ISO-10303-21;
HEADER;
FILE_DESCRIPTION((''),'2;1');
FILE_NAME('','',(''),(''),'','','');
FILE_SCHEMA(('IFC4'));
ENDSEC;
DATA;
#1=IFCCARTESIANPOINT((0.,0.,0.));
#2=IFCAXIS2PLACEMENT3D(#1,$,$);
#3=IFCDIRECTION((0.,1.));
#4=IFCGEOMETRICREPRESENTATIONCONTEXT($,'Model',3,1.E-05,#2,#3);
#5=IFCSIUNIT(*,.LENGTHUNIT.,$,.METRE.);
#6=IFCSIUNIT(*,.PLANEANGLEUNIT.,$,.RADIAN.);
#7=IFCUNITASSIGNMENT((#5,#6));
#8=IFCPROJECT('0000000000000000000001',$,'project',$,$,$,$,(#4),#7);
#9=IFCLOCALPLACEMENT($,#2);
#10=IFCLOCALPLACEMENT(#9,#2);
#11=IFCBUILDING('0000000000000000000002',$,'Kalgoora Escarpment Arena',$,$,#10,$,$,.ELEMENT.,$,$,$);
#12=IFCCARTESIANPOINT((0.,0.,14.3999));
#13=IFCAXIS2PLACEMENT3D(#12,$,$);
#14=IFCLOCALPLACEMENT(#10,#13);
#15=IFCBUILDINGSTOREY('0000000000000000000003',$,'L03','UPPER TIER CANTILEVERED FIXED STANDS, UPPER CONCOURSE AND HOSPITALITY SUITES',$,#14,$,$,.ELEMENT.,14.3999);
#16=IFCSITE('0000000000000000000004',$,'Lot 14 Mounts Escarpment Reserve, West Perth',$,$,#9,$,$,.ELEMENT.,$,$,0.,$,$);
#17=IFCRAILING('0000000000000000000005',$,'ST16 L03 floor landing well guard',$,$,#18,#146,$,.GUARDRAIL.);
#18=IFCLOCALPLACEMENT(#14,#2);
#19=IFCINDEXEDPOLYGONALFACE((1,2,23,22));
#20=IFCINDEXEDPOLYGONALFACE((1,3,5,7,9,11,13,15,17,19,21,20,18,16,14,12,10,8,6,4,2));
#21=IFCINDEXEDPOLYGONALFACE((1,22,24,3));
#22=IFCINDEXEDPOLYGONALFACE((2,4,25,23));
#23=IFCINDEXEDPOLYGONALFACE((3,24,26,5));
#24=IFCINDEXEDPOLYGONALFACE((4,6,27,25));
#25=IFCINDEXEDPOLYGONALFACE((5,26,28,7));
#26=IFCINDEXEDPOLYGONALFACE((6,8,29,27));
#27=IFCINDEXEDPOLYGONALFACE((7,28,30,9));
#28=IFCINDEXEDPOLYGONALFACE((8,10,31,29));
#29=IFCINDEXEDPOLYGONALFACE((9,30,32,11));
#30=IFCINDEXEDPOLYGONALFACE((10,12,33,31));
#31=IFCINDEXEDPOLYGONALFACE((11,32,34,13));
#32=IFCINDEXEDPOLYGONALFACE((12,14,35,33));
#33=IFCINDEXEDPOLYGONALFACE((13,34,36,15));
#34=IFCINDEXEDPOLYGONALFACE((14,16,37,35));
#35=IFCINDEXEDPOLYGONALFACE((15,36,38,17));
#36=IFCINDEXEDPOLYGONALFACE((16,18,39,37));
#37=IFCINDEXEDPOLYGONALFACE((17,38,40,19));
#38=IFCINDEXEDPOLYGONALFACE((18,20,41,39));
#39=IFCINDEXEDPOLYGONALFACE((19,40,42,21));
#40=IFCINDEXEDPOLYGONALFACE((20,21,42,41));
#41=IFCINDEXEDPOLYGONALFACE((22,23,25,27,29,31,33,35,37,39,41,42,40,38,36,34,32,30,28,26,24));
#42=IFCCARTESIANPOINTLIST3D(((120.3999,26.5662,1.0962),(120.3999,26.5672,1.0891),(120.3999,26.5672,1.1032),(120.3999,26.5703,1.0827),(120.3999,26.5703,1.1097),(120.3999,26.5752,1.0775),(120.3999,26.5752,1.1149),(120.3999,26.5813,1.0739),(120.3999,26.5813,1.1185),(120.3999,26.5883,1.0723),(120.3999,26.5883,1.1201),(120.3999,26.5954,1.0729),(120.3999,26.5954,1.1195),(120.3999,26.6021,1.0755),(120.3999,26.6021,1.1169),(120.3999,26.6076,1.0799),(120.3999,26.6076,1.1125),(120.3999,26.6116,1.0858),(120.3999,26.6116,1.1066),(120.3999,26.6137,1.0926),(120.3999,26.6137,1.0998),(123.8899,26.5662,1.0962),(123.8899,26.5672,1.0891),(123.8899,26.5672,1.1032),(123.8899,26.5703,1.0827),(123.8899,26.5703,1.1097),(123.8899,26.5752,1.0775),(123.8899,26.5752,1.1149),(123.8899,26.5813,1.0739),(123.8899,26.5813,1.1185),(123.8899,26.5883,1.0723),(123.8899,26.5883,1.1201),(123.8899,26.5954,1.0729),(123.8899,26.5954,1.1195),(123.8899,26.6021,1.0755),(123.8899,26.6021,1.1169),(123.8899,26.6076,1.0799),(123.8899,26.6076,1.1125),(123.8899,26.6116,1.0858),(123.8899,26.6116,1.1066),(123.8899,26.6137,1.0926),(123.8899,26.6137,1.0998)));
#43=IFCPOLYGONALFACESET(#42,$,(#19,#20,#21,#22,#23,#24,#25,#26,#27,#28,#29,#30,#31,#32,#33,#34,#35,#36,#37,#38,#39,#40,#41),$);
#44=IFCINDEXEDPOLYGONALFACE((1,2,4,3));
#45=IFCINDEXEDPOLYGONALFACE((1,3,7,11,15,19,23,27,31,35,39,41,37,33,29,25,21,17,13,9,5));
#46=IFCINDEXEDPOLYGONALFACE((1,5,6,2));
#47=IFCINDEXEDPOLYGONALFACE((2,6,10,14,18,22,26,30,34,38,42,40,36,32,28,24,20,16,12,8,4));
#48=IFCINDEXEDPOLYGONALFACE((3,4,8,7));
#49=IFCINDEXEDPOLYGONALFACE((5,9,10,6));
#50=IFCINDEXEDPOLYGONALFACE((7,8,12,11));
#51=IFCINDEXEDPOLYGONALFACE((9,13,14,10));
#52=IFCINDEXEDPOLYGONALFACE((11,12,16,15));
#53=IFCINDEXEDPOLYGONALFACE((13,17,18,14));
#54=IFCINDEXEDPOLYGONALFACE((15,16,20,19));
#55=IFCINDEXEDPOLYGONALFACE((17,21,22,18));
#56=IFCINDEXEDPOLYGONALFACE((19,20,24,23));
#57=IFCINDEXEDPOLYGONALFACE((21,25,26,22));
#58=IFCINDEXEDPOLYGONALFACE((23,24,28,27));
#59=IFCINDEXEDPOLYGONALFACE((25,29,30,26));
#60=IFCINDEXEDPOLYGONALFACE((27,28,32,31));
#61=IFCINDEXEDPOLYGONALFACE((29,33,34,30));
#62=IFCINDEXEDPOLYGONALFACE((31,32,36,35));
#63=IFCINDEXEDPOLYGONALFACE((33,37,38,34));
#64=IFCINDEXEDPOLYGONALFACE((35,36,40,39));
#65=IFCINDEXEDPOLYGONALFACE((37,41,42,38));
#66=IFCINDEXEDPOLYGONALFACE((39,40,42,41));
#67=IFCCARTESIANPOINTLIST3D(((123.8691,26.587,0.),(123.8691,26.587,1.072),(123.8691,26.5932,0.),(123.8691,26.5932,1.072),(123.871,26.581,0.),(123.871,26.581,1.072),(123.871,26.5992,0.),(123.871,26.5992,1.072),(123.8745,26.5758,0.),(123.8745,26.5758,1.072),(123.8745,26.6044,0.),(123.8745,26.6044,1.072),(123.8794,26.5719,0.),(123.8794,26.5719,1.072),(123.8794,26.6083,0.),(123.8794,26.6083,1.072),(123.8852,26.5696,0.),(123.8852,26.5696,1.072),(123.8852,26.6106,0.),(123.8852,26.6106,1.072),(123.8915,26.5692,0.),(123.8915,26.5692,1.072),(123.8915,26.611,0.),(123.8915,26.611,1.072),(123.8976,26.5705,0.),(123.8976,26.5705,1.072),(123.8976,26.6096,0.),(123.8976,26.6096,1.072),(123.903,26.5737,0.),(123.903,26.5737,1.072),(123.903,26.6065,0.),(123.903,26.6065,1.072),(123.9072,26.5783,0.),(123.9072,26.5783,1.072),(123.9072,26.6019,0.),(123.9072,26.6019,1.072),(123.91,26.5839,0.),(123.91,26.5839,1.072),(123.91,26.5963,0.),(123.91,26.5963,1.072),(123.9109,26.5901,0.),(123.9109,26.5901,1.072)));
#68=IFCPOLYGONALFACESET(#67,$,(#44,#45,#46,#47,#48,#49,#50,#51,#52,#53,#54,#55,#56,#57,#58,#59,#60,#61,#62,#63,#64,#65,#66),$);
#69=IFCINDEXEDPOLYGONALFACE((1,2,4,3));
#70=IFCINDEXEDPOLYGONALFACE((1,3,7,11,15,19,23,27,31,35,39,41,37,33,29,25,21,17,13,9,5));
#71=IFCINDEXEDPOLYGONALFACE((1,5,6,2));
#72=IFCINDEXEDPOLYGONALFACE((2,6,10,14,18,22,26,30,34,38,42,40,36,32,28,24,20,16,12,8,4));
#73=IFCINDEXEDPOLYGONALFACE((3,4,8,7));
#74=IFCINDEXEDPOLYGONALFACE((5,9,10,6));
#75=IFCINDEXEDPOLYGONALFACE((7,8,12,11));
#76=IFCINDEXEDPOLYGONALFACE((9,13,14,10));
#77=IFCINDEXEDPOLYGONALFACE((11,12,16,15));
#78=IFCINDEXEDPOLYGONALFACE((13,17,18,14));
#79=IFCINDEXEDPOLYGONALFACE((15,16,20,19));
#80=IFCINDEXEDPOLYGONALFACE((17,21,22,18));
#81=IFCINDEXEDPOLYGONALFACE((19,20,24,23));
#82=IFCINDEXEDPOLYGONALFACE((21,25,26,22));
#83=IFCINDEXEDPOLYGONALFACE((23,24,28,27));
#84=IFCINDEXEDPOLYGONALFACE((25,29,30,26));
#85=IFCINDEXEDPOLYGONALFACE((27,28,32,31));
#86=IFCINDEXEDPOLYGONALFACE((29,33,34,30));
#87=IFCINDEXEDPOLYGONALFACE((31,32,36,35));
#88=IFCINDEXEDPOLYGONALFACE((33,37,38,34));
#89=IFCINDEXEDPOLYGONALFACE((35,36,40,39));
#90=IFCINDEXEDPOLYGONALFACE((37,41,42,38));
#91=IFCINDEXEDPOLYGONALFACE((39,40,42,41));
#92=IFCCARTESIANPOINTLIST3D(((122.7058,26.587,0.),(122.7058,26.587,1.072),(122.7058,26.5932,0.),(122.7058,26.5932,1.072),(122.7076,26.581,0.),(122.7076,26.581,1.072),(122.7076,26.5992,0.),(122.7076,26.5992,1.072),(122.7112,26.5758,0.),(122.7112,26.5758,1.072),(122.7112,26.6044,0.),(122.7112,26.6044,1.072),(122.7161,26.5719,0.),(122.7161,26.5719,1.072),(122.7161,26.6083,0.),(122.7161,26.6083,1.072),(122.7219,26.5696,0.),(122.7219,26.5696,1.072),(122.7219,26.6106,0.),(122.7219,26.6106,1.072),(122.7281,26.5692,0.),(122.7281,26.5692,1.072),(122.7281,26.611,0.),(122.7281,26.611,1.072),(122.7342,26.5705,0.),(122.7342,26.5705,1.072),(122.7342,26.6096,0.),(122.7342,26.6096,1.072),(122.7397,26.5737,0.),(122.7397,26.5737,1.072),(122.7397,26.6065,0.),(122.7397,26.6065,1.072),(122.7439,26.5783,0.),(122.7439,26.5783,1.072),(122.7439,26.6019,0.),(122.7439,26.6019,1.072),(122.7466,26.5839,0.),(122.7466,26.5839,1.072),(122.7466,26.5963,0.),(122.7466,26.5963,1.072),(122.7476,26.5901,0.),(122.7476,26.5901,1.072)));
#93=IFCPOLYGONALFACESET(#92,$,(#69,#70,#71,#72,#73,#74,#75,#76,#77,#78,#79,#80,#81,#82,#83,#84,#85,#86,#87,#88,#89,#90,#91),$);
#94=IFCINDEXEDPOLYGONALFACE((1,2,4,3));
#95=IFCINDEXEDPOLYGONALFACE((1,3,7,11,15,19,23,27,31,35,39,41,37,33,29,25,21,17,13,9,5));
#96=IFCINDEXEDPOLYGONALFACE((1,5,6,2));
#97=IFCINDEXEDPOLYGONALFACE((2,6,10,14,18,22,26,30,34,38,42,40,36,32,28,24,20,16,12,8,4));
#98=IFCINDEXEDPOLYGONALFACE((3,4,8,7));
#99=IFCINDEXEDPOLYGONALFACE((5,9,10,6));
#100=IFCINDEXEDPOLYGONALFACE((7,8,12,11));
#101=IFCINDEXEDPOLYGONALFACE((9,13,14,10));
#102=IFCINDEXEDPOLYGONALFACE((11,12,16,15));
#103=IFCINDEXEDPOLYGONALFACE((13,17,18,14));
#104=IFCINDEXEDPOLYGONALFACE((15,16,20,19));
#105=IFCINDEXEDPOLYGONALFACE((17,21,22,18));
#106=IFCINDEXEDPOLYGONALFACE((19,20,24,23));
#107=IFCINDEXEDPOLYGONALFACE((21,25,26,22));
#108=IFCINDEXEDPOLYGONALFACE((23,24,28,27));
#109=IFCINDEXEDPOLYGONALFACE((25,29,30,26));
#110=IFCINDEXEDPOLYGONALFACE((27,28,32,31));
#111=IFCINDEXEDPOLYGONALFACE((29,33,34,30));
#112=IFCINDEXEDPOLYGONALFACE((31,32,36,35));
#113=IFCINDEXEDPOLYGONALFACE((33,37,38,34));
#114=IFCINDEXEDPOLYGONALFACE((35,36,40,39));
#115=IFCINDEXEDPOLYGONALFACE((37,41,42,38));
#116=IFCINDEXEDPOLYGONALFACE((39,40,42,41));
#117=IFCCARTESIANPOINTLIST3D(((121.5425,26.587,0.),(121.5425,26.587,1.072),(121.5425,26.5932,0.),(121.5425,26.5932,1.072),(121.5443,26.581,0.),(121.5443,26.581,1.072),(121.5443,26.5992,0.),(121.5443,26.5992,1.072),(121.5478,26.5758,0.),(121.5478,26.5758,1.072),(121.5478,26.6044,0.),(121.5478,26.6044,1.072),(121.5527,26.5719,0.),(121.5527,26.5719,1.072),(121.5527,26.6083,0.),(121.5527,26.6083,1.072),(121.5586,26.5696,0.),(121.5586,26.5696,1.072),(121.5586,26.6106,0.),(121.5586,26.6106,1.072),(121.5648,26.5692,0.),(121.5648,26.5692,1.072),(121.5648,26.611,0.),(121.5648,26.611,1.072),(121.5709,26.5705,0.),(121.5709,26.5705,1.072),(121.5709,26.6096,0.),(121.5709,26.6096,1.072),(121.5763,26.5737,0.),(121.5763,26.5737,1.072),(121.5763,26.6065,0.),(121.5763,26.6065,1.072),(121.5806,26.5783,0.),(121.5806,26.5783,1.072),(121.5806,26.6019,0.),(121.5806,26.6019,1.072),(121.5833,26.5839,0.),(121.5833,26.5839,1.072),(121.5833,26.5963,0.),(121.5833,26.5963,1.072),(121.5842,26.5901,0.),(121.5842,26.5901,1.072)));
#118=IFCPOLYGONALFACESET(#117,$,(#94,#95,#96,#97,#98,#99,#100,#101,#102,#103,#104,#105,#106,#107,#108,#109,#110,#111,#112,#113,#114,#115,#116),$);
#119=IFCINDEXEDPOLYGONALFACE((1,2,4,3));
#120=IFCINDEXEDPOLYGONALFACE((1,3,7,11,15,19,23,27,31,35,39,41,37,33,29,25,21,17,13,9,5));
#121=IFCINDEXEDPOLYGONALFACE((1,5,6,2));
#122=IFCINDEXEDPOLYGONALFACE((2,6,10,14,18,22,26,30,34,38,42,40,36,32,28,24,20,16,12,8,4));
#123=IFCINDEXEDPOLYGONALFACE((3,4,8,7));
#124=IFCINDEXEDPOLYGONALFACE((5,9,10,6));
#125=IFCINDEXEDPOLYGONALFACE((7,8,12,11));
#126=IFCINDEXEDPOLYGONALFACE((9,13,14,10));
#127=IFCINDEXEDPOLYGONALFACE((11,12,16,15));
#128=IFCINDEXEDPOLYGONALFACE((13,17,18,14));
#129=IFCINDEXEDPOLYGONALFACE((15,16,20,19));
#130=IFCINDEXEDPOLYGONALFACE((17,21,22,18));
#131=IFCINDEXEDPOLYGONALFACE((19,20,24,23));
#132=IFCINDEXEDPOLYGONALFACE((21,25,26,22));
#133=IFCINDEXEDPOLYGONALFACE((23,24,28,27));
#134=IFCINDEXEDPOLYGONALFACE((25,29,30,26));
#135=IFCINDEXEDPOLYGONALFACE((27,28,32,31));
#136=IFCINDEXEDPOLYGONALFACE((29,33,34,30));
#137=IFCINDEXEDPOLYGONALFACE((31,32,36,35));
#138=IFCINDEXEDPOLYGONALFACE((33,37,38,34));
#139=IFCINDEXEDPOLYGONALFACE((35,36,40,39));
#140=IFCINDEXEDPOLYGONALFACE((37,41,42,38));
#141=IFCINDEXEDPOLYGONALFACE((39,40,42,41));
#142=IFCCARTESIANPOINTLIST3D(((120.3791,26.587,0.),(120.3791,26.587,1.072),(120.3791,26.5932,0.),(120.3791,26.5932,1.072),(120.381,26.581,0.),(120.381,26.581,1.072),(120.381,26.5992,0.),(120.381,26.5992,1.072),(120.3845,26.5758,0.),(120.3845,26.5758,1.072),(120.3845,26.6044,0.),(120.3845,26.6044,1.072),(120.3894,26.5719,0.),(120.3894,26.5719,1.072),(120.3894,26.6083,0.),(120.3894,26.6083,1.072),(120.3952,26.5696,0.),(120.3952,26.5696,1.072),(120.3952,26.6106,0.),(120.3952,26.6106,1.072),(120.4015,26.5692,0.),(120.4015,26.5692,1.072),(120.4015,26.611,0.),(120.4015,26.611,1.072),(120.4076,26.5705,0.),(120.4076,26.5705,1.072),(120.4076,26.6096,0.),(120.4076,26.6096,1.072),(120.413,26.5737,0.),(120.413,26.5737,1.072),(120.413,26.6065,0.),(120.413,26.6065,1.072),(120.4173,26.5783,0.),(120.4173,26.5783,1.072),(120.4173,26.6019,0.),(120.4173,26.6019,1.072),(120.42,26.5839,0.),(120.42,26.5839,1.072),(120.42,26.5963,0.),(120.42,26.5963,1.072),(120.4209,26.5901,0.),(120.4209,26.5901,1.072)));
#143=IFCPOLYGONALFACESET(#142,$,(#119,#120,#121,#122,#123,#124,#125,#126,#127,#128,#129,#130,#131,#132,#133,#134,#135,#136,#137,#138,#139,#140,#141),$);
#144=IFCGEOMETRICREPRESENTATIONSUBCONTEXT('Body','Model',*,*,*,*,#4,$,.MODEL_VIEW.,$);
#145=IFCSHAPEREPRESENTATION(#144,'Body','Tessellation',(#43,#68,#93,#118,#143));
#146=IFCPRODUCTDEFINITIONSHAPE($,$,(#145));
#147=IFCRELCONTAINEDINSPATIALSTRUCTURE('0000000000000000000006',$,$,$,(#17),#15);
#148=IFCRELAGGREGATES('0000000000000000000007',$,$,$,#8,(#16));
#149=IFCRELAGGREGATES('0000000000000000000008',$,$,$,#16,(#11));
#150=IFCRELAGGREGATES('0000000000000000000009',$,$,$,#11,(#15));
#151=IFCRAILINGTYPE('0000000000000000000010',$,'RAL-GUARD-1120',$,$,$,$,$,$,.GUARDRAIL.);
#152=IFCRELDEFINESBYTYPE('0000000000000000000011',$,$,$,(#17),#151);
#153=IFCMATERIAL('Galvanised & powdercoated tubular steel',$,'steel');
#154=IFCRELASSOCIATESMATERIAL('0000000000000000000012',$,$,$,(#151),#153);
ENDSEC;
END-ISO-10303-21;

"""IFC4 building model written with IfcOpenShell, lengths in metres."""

from ifc_helpers import new_model, si_unit, direction, frame, origin, origin_2d, place, context, subcontext, project, spatial, circle, extrude, material, type_object, element, save


model = new_model("IFC4")

# Units and contexts
model_context = context("Model", 3, precision=1e-05, world=origin(), true_north=direction((0.0, 1.0)))
body_context = subcontext(model_context, "Body", "Model", "MODEL_VIEW")
ifc_project = project(units=[si_unit("LENGTHUNIT", "METRE"), si_unit("PLANEANGLEUNIT", "RADIAN")], contexts=[model_context])

# Site, building, storey
site_placement = place(None, origin())
site = spatial("IfcSite", under=ifc_project, at=site_placement, Name="Lot 14 Mounts Escarpment Reserve, West Perth", CompositionType="ELEMENT", RefElevation=0.0)
building_placement = place(site_placement, origin())
building = spatial("IfcBuilding", under=site, at=building_placement, Name="Kalgoora Escarpment Arena", CompositionType="ELEMENT")
storey_placement = place(building_placement, frame((0.0, 0.0, 14.3999)))
storey = spatial("IfcBuildingStorey", under=building, at=storey_placement, Name="L03", Description="UPPER TIER CANTILEVERED FIXED STANDS, UPPER CONCOURSE AND HOSPITALITY SUITES", CompositionType="ELEMENT", Elevation=14.3999)

# Railing
ifc_material_1 = material(Name="Galvanised & powdercoated tubular steel", Category="steel")
railing_type_1 = type_object("IfcRailingType", Name="RAL-GUARD-1120", PredefinedType="GUARDRAIL", material=ifc_material_1)
railing_1_placement = place(storey_placement, frame((123.8899, 26.5901, 0.0)))
element("IfcRailing", 1, at=railing_1_placement, inside=storey, type_object=railing_type_1, Name="ST16 L03 floor landing well guard", PredefinedType="GUARDRAIL", context=body_context, shape_type="SweptSolid", body=[
    extrude(circle(Radius=0.0239, at=origin_2d()), frame((0.0, 0.0, 1.0962), z_axis=(-1.0, 0.0, 0.0), x_axis=(0.0, -1.0, 0.0)), (0.0, 0.0, 1.0), 3.49),
    extrude(circle(Radius=0.021, at=origin_2d()), origin(), (0.0, 0.0, 1.0), 1.072),
    extrude(circle(Radius=0.021, at=origin_2d()), frame((-1.1633, 0.0, 0.0)), (0.0, 0.0, 1.0), 1.072),
    extrude(circle(Radius=0.021, at=origin_2d()), frame((-2.3267, 0.0, 0.0)), (0.0, 0.0, 1.0), 1.072),
    extrude(circle(Radius=0.021, at=origin_2d()), frame((-3.49, 0.0, 0.0)), (0.0, 0.0, 1.0), 1.072),
])

save(model, "model.ifc")
